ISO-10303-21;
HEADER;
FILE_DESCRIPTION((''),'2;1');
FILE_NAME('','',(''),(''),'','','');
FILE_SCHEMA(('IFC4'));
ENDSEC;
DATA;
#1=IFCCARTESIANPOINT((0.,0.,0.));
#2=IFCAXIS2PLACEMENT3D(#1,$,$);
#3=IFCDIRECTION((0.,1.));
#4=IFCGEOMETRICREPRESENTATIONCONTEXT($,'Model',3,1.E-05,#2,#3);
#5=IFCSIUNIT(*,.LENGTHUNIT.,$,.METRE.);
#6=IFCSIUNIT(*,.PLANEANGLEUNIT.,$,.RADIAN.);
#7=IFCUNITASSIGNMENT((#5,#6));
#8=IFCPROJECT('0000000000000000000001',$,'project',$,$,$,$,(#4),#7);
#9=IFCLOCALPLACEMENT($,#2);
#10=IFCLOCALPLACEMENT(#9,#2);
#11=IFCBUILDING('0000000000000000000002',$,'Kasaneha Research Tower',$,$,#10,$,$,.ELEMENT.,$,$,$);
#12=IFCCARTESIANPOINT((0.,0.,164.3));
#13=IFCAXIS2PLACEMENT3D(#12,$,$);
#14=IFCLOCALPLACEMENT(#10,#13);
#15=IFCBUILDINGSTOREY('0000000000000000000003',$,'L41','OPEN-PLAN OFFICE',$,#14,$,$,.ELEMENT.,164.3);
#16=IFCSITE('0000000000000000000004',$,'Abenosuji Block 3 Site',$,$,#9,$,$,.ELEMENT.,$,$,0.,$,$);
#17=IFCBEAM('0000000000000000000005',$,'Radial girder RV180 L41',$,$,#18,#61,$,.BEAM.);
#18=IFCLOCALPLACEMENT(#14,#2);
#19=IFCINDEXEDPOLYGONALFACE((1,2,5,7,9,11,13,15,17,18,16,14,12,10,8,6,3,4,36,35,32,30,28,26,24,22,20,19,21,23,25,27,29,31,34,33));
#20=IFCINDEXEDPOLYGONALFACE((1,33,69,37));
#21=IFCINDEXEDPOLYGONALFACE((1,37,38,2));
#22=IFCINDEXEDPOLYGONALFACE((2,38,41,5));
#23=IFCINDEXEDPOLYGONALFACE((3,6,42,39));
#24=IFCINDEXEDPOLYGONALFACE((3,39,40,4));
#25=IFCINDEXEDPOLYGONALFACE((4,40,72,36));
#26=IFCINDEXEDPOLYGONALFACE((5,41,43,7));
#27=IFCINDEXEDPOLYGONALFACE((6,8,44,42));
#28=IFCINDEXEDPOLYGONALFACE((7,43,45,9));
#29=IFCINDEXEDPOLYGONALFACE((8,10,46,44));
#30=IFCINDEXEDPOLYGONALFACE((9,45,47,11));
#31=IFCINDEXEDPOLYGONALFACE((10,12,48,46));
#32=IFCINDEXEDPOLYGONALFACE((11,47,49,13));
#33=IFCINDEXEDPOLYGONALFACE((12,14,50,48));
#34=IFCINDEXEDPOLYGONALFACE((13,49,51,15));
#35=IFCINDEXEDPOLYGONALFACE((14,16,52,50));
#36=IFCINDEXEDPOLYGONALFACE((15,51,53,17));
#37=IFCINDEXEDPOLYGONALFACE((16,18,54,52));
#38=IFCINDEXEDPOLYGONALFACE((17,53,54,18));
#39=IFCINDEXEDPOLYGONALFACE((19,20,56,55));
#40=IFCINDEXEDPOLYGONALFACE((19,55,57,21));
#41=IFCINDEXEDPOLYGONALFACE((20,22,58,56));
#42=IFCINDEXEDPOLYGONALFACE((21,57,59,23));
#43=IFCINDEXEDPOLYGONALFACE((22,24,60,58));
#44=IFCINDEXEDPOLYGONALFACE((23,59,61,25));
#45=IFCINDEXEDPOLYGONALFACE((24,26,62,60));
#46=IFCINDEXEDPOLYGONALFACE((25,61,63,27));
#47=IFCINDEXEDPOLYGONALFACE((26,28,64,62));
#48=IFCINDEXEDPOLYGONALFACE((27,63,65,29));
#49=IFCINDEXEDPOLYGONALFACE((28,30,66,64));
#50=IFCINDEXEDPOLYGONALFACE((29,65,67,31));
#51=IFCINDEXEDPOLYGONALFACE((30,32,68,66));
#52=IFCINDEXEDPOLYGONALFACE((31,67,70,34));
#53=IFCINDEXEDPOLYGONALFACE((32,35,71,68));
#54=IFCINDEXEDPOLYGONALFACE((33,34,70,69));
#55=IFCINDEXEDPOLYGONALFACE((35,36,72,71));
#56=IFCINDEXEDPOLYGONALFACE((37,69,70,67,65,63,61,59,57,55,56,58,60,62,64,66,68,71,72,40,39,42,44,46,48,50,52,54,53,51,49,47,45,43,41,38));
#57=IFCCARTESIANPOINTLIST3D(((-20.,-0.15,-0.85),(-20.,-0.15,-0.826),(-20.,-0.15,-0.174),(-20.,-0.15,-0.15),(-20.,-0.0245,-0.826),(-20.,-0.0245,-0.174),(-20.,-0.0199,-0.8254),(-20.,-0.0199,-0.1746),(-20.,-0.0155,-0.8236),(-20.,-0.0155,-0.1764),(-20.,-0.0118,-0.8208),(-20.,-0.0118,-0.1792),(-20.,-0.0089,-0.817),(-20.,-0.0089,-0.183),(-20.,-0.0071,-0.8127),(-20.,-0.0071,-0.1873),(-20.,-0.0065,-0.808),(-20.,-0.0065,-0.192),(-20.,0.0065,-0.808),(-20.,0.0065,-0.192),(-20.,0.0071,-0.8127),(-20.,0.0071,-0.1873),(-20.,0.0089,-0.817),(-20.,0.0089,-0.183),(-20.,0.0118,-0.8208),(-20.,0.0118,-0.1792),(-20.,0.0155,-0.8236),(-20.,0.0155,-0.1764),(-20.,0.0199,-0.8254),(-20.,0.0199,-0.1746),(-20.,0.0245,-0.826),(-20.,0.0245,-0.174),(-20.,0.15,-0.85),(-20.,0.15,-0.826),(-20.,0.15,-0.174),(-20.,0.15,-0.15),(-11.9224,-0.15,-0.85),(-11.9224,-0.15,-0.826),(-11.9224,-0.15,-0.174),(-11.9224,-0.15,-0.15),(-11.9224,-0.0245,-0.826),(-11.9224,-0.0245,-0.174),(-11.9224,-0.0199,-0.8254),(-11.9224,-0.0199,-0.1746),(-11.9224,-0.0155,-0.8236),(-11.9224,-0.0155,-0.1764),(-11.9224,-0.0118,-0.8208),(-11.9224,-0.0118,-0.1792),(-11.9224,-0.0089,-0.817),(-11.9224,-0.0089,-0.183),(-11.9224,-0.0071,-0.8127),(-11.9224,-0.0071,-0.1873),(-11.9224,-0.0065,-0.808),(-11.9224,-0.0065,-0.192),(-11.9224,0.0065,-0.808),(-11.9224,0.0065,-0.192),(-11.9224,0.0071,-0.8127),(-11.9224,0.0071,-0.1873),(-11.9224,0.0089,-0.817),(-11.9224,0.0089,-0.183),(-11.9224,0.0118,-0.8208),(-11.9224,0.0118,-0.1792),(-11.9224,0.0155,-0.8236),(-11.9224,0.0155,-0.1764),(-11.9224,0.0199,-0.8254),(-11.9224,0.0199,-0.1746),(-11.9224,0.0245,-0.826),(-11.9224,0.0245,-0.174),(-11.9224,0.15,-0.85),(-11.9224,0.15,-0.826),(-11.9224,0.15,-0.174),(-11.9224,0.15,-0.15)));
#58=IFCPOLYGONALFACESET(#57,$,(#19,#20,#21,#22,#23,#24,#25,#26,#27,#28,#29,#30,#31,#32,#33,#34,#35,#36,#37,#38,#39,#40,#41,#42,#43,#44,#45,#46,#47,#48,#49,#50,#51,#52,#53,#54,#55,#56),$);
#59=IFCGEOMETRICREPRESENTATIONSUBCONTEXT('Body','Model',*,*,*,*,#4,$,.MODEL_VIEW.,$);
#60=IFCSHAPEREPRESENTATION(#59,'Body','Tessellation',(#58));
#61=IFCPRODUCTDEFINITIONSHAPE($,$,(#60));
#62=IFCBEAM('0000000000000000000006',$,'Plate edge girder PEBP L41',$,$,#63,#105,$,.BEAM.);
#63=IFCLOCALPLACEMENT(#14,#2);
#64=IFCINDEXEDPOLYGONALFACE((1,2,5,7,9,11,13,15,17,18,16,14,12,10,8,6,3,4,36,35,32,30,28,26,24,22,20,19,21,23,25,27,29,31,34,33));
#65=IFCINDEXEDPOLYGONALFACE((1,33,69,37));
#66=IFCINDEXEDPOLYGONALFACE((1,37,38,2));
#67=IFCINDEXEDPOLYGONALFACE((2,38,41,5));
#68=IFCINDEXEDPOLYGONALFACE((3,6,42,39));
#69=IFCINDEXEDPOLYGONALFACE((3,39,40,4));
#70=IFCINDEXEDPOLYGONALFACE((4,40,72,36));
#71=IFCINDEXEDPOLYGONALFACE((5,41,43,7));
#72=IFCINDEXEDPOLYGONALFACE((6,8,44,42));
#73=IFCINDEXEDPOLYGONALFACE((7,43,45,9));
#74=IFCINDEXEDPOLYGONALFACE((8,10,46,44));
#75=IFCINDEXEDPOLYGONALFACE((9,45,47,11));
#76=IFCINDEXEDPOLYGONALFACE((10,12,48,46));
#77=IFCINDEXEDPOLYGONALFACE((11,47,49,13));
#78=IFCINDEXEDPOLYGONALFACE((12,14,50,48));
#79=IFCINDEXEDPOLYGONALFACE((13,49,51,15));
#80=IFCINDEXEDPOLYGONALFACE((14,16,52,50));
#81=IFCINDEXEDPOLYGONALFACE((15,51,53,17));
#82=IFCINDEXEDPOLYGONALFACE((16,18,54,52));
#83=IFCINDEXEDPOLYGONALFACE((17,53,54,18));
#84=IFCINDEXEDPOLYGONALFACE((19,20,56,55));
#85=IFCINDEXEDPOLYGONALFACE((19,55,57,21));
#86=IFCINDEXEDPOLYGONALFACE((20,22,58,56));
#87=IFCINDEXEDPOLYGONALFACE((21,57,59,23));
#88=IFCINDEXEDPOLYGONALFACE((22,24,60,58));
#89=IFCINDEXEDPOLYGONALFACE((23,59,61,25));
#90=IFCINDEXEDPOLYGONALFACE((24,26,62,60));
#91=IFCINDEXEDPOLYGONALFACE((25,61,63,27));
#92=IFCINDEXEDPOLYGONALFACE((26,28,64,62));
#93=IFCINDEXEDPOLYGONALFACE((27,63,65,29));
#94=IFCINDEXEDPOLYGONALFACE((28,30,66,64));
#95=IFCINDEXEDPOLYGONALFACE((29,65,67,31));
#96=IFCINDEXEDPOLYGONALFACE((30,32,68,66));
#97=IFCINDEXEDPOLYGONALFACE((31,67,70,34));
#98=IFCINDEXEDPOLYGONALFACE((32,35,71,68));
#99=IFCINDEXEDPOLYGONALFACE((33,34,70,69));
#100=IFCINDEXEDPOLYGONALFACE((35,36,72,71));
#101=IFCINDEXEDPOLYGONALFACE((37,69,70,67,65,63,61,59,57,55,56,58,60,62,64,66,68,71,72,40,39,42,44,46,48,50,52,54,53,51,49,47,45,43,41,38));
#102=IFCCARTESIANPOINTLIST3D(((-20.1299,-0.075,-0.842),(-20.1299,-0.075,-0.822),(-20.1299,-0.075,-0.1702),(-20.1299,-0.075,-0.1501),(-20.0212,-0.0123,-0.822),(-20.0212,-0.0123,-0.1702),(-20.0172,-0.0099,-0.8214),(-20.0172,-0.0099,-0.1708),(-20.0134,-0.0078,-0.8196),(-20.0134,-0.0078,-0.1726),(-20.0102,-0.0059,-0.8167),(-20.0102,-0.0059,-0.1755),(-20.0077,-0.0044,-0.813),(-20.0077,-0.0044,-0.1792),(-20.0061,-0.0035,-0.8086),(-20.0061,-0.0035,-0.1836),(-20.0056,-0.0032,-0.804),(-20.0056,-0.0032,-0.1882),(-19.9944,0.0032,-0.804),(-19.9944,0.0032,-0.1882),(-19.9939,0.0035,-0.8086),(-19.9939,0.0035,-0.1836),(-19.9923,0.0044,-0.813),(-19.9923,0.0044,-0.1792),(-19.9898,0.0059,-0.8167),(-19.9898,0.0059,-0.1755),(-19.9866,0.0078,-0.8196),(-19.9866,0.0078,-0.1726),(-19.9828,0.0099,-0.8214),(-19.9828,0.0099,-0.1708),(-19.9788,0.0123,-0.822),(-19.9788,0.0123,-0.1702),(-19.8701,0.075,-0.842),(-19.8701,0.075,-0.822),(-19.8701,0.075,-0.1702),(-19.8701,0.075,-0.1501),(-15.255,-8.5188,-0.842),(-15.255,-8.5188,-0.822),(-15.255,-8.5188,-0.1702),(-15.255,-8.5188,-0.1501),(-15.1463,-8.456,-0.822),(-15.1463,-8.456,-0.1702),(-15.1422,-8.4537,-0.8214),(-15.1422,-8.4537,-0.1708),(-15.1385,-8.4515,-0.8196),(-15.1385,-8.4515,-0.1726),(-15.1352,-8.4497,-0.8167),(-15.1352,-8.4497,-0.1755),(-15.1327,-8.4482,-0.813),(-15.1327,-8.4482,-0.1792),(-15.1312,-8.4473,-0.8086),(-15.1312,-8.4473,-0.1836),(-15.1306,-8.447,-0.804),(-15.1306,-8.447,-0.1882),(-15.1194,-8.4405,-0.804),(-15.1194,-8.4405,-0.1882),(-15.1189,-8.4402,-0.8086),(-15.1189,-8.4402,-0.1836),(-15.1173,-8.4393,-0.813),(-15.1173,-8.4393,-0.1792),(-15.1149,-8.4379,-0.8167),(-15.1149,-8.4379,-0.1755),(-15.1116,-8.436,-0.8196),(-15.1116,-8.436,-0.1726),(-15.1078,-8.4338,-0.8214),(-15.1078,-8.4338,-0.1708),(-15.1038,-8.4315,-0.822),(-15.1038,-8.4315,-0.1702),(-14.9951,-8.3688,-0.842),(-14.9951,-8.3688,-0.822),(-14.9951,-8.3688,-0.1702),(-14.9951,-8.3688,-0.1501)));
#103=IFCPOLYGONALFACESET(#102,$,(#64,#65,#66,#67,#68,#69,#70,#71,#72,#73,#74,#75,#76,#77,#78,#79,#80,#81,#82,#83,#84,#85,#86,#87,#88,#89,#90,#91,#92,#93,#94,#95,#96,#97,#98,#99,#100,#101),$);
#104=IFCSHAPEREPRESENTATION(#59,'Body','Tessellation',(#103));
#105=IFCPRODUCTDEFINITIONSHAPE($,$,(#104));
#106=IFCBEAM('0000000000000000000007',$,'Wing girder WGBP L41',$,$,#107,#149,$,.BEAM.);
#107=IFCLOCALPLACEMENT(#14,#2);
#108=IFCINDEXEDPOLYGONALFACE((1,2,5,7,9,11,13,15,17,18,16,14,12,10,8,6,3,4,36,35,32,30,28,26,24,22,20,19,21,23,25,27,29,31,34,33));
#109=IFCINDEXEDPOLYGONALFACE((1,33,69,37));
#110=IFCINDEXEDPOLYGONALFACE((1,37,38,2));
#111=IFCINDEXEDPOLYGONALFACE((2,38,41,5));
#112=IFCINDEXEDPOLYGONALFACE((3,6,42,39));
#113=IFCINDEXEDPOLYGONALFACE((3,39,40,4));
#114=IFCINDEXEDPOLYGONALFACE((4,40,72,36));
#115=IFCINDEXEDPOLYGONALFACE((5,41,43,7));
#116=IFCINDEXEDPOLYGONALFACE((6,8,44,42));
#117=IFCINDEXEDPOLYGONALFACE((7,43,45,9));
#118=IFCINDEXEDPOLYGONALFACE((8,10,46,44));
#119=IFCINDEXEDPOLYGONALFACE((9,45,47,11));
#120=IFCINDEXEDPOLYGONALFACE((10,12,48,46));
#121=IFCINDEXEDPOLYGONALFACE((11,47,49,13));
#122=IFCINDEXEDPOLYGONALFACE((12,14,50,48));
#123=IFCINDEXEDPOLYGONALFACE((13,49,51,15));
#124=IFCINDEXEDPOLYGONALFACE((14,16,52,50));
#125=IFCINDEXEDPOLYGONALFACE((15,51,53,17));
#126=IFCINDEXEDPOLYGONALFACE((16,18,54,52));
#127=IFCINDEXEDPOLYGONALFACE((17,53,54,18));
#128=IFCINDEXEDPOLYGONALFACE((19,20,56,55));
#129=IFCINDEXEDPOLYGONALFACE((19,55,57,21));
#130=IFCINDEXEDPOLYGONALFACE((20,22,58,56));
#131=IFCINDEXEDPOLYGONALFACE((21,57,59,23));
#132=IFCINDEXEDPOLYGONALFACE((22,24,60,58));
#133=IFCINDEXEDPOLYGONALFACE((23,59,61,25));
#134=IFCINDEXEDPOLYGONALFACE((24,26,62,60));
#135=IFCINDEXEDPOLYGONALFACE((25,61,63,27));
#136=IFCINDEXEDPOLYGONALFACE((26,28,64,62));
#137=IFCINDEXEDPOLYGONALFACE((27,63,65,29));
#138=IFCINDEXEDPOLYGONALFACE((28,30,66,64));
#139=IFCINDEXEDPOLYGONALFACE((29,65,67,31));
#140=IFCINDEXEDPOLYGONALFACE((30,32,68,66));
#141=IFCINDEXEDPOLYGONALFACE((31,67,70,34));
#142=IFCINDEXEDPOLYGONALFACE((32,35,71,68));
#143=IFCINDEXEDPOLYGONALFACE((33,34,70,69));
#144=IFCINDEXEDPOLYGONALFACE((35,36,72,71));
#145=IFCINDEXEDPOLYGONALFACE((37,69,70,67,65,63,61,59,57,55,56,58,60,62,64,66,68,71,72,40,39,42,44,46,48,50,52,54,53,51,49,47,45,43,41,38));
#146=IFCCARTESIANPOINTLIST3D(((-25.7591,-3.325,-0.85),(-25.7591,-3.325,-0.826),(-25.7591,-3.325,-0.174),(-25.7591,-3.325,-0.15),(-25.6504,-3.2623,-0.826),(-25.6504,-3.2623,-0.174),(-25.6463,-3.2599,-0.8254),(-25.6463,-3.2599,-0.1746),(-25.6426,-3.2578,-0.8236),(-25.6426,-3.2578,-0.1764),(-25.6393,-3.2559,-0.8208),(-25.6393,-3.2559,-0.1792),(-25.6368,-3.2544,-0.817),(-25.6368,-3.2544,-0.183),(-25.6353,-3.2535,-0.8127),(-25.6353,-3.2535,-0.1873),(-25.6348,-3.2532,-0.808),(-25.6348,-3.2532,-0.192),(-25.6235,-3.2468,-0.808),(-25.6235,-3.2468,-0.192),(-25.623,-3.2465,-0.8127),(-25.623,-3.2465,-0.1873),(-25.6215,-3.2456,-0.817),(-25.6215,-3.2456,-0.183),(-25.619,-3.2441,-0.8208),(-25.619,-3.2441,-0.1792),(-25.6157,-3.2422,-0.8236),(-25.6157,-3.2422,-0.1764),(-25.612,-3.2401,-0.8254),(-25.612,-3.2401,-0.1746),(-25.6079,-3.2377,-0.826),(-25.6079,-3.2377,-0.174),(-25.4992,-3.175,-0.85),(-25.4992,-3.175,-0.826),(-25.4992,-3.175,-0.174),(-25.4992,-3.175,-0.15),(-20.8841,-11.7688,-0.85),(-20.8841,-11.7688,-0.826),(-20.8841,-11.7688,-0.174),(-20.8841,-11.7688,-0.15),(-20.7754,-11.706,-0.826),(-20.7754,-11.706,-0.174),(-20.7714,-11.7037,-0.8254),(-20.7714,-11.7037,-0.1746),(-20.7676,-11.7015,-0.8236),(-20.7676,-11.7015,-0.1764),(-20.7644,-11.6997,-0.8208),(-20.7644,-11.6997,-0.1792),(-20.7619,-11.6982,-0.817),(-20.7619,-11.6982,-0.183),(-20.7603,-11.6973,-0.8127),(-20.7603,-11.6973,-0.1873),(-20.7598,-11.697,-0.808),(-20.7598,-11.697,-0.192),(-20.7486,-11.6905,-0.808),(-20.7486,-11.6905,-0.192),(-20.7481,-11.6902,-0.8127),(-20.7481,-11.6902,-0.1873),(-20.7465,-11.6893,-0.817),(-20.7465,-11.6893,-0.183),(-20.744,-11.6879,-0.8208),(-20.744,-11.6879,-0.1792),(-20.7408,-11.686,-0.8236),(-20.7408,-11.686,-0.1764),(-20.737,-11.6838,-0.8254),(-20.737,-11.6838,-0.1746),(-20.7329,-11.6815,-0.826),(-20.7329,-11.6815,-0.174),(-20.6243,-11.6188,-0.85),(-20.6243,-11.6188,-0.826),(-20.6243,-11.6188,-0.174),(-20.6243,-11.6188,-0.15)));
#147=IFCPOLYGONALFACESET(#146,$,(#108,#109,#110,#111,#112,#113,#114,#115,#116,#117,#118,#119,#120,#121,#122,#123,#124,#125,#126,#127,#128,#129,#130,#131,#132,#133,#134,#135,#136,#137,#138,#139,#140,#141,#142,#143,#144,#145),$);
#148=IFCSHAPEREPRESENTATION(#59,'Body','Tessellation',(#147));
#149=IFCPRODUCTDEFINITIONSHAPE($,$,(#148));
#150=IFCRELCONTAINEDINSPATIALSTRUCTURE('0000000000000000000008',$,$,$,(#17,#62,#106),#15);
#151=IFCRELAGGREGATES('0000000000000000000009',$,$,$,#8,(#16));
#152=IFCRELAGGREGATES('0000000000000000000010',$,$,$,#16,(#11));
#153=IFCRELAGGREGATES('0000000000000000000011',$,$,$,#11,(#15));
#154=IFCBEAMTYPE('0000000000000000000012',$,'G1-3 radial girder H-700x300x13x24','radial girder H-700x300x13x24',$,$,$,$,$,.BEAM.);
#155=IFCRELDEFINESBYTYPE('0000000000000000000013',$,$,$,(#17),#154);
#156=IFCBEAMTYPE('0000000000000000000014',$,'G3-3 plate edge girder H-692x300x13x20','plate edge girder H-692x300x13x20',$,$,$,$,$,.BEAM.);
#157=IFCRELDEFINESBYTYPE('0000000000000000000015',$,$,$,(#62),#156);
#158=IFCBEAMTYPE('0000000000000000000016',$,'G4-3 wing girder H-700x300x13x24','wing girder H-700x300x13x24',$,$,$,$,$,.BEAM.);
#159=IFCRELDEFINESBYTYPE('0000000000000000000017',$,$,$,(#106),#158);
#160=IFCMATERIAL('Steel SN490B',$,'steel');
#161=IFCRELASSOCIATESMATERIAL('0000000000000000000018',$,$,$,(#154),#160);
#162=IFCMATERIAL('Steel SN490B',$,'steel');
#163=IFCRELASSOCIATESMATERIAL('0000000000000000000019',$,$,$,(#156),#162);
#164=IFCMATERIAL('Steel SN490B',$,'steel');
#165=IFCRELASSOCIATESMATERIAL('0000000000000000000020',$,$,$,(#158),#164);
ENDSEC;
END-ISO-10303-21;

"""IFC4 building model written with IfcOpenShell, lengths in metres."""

from ifc_helpers import new_model, si_unit, direction, frame, origin, origin_2d, place, context, subcontext, project, spatial, i_section, extrude, material, material_profile, profile_set, type_object, element, save


model = new_model("IFC4")

# Units and contexts
model_context = context("Model", 3, precision=1e-05, world=origin(), true_north=direction((0.0, 1.0)))
body_context = subcontext(model_context, "Body", "Model", "MODEL_VIEW")
ifc_project = project(units=[si_unit("LENGTHUNIT", "METRE"), si_unit("PLANEANGLEUNIT", "RADIAN")], contexts=[model_context])

# Site, building, storey
site_placement = place(None, origin())
site = spatial("IfcSite", under=ifc_project, at=site_placement, Name="Abenosuji Block 3 Site", CompositionType="ELEMENT", RefElevation=0.0)
building_placement = place(site_placement, origin())
building = spatial("IfcBuilding", under=site, at=building_placement, Name="Kasaneha Research Tower", CompositionType="ELEMENT")
storey_placement = place(building_placement, frame((0.0, 0.0, 164.3)))
storey = spatial("IfcBuildingStorey", under=building, at=storey_placement, Name="L41", Description="OPEN-PLAN OFFICE", CompositionType="ELEMENT", Elevation=164.3)

# Beams
ifc_material_1 = material(Name="Steel SN490B", Category="steel")
ifc_material_profile_1 = material_profile(ifc_material_1, i_section(OverallWidth=0.3, OverallDepth=0.7, WebThickness=0.0129, FlangeThickness=0.0239, FilletRadius=0.0181, at=origin_2d()), Name="H-700x300x13x24")
ifc_profile_set_1 = profile_set([ifc_material_profile_1], Name="Steel SN490B")
beam_type_1 = type_object("IfcBeamType", Name="G1-3 radial girder H-700x300x13x24", Description="radial girder H-700x300x13x24", PredefinedType="BEAM", material=ifc_profile_set_1)
beam_1_placement = place(storey_placement, frame((-11.9224, 0.0, -0.5), z_axis=(-1.0, 0.0, 0.0), x_axis=(0.0, -1.0, 0.0)))
element("IfcBeam", 1, at=beam_1_placement, inside=storey, type_object=beam_type_1, Name="Radial girder RV180 L41", PredefinedType="BEAM", context=body_context, shape_type="SweptSolid", body=[
    extrude(i_section(OverallWidth=0.3, OverallDepth=0.7, WebThickness=0.0129, FlangeThickness=0.0239, FilletRadius=0.0181, at=origin_2d()), origin(), (0.0, 0.0, 1.0), 8.0776),
])
ifc_material_2 = material(Name="Steel SN490B", Category="steel")
ifc_material_profile_2 = material_profile(ifc_material_2, i_section(OverallWidth=0.3, OverallDepth=0.6919, WebThickness=0.0129, FlangeThickness=0.02, FilletRadius=0.0181, at=origin_2d()), Name="H-692x300x13x20")
ifc_profile_set_2 = profile_set([ifc_material_profile_2], Name="Steel SN490B")
beam_type_2 = type_object("IfcBeamType", Name="G3-3 plate edge girder H-692x300x13x20", Description="plate edge girder H-692x300x13x20", PredefinedType="BEAM", material=ifc_profile_set_2)
beam_2_placement = place(storey_placement, frame((-20.0, 0.0, -0.4961), z_axis=(0.499996, -0.866028, 0.0), x_axis=(0.866028, 0.499996, 0.0)))
element("IfcBeam", 2, at=beam_2_placement, inside=storey, type_object=beam_type_2, Name="Plate edge girder PEBP L41", PredefinedType="BEAM", context=body_context, shape_type="SweptSolid", body=[
    extrude(i_section(OverallWidth=0.3, OverallDepth=0.6919, WebThickness=0.0129, FlangeThickness=0.02, FilletRadius=0.0181, at=origin_2d()), origin(), (0.0, 0.0, 1.0), 9.75),
])
ifc_material_3 = material(Name="Steel SN490B", Category="steel")
ifc_material_profile_3 = material_profile(ifc_material_3, i_section(OverallWidth=0.3, OverallDepth=0.7, WebThickness=0.0129, FlangeThickness=0.0239, FilletRadius=0.0181, at=origin_2d()), Name="H-700x300x13x24")
ifc_profile_set_3 = profile_set([ifc_material_profile_3], Name="Steel SN490B")
beam_type_3 = type_object("IfcBeamType", Name="G4-3 wing girder H-700x300x13x24", Description="wing girder H-700x300x13x24", PredefinedType="BEAM", material=ifc_profile_set_3)
beam_3_placement = place(storey_placement, frame((-25.6292, -3.25, -0.5), z_axis=(0.499996, -0.866028, 0.0), x_axis=(0.866028, 0.499996, 0.0)))
element("IfcBeam", 3, at=beam_3_placement, inside=storey, type_object=beam_type_3, Name="Wing girder WGBP L41", PredefinedType="BEAM", context=body_context, shape_type="SweptSolid", body=[
    extrude(i_section(OverallWidth=0.3, OverallDepth=0.7, WebThickness=0.0129, FlangeThickness=0.0239, FilletRadius=0.0181, at=origin_2d()), origin(), (0.0, 0.0, 1.0), 9.75),
])

save(model, "model.ifc")
